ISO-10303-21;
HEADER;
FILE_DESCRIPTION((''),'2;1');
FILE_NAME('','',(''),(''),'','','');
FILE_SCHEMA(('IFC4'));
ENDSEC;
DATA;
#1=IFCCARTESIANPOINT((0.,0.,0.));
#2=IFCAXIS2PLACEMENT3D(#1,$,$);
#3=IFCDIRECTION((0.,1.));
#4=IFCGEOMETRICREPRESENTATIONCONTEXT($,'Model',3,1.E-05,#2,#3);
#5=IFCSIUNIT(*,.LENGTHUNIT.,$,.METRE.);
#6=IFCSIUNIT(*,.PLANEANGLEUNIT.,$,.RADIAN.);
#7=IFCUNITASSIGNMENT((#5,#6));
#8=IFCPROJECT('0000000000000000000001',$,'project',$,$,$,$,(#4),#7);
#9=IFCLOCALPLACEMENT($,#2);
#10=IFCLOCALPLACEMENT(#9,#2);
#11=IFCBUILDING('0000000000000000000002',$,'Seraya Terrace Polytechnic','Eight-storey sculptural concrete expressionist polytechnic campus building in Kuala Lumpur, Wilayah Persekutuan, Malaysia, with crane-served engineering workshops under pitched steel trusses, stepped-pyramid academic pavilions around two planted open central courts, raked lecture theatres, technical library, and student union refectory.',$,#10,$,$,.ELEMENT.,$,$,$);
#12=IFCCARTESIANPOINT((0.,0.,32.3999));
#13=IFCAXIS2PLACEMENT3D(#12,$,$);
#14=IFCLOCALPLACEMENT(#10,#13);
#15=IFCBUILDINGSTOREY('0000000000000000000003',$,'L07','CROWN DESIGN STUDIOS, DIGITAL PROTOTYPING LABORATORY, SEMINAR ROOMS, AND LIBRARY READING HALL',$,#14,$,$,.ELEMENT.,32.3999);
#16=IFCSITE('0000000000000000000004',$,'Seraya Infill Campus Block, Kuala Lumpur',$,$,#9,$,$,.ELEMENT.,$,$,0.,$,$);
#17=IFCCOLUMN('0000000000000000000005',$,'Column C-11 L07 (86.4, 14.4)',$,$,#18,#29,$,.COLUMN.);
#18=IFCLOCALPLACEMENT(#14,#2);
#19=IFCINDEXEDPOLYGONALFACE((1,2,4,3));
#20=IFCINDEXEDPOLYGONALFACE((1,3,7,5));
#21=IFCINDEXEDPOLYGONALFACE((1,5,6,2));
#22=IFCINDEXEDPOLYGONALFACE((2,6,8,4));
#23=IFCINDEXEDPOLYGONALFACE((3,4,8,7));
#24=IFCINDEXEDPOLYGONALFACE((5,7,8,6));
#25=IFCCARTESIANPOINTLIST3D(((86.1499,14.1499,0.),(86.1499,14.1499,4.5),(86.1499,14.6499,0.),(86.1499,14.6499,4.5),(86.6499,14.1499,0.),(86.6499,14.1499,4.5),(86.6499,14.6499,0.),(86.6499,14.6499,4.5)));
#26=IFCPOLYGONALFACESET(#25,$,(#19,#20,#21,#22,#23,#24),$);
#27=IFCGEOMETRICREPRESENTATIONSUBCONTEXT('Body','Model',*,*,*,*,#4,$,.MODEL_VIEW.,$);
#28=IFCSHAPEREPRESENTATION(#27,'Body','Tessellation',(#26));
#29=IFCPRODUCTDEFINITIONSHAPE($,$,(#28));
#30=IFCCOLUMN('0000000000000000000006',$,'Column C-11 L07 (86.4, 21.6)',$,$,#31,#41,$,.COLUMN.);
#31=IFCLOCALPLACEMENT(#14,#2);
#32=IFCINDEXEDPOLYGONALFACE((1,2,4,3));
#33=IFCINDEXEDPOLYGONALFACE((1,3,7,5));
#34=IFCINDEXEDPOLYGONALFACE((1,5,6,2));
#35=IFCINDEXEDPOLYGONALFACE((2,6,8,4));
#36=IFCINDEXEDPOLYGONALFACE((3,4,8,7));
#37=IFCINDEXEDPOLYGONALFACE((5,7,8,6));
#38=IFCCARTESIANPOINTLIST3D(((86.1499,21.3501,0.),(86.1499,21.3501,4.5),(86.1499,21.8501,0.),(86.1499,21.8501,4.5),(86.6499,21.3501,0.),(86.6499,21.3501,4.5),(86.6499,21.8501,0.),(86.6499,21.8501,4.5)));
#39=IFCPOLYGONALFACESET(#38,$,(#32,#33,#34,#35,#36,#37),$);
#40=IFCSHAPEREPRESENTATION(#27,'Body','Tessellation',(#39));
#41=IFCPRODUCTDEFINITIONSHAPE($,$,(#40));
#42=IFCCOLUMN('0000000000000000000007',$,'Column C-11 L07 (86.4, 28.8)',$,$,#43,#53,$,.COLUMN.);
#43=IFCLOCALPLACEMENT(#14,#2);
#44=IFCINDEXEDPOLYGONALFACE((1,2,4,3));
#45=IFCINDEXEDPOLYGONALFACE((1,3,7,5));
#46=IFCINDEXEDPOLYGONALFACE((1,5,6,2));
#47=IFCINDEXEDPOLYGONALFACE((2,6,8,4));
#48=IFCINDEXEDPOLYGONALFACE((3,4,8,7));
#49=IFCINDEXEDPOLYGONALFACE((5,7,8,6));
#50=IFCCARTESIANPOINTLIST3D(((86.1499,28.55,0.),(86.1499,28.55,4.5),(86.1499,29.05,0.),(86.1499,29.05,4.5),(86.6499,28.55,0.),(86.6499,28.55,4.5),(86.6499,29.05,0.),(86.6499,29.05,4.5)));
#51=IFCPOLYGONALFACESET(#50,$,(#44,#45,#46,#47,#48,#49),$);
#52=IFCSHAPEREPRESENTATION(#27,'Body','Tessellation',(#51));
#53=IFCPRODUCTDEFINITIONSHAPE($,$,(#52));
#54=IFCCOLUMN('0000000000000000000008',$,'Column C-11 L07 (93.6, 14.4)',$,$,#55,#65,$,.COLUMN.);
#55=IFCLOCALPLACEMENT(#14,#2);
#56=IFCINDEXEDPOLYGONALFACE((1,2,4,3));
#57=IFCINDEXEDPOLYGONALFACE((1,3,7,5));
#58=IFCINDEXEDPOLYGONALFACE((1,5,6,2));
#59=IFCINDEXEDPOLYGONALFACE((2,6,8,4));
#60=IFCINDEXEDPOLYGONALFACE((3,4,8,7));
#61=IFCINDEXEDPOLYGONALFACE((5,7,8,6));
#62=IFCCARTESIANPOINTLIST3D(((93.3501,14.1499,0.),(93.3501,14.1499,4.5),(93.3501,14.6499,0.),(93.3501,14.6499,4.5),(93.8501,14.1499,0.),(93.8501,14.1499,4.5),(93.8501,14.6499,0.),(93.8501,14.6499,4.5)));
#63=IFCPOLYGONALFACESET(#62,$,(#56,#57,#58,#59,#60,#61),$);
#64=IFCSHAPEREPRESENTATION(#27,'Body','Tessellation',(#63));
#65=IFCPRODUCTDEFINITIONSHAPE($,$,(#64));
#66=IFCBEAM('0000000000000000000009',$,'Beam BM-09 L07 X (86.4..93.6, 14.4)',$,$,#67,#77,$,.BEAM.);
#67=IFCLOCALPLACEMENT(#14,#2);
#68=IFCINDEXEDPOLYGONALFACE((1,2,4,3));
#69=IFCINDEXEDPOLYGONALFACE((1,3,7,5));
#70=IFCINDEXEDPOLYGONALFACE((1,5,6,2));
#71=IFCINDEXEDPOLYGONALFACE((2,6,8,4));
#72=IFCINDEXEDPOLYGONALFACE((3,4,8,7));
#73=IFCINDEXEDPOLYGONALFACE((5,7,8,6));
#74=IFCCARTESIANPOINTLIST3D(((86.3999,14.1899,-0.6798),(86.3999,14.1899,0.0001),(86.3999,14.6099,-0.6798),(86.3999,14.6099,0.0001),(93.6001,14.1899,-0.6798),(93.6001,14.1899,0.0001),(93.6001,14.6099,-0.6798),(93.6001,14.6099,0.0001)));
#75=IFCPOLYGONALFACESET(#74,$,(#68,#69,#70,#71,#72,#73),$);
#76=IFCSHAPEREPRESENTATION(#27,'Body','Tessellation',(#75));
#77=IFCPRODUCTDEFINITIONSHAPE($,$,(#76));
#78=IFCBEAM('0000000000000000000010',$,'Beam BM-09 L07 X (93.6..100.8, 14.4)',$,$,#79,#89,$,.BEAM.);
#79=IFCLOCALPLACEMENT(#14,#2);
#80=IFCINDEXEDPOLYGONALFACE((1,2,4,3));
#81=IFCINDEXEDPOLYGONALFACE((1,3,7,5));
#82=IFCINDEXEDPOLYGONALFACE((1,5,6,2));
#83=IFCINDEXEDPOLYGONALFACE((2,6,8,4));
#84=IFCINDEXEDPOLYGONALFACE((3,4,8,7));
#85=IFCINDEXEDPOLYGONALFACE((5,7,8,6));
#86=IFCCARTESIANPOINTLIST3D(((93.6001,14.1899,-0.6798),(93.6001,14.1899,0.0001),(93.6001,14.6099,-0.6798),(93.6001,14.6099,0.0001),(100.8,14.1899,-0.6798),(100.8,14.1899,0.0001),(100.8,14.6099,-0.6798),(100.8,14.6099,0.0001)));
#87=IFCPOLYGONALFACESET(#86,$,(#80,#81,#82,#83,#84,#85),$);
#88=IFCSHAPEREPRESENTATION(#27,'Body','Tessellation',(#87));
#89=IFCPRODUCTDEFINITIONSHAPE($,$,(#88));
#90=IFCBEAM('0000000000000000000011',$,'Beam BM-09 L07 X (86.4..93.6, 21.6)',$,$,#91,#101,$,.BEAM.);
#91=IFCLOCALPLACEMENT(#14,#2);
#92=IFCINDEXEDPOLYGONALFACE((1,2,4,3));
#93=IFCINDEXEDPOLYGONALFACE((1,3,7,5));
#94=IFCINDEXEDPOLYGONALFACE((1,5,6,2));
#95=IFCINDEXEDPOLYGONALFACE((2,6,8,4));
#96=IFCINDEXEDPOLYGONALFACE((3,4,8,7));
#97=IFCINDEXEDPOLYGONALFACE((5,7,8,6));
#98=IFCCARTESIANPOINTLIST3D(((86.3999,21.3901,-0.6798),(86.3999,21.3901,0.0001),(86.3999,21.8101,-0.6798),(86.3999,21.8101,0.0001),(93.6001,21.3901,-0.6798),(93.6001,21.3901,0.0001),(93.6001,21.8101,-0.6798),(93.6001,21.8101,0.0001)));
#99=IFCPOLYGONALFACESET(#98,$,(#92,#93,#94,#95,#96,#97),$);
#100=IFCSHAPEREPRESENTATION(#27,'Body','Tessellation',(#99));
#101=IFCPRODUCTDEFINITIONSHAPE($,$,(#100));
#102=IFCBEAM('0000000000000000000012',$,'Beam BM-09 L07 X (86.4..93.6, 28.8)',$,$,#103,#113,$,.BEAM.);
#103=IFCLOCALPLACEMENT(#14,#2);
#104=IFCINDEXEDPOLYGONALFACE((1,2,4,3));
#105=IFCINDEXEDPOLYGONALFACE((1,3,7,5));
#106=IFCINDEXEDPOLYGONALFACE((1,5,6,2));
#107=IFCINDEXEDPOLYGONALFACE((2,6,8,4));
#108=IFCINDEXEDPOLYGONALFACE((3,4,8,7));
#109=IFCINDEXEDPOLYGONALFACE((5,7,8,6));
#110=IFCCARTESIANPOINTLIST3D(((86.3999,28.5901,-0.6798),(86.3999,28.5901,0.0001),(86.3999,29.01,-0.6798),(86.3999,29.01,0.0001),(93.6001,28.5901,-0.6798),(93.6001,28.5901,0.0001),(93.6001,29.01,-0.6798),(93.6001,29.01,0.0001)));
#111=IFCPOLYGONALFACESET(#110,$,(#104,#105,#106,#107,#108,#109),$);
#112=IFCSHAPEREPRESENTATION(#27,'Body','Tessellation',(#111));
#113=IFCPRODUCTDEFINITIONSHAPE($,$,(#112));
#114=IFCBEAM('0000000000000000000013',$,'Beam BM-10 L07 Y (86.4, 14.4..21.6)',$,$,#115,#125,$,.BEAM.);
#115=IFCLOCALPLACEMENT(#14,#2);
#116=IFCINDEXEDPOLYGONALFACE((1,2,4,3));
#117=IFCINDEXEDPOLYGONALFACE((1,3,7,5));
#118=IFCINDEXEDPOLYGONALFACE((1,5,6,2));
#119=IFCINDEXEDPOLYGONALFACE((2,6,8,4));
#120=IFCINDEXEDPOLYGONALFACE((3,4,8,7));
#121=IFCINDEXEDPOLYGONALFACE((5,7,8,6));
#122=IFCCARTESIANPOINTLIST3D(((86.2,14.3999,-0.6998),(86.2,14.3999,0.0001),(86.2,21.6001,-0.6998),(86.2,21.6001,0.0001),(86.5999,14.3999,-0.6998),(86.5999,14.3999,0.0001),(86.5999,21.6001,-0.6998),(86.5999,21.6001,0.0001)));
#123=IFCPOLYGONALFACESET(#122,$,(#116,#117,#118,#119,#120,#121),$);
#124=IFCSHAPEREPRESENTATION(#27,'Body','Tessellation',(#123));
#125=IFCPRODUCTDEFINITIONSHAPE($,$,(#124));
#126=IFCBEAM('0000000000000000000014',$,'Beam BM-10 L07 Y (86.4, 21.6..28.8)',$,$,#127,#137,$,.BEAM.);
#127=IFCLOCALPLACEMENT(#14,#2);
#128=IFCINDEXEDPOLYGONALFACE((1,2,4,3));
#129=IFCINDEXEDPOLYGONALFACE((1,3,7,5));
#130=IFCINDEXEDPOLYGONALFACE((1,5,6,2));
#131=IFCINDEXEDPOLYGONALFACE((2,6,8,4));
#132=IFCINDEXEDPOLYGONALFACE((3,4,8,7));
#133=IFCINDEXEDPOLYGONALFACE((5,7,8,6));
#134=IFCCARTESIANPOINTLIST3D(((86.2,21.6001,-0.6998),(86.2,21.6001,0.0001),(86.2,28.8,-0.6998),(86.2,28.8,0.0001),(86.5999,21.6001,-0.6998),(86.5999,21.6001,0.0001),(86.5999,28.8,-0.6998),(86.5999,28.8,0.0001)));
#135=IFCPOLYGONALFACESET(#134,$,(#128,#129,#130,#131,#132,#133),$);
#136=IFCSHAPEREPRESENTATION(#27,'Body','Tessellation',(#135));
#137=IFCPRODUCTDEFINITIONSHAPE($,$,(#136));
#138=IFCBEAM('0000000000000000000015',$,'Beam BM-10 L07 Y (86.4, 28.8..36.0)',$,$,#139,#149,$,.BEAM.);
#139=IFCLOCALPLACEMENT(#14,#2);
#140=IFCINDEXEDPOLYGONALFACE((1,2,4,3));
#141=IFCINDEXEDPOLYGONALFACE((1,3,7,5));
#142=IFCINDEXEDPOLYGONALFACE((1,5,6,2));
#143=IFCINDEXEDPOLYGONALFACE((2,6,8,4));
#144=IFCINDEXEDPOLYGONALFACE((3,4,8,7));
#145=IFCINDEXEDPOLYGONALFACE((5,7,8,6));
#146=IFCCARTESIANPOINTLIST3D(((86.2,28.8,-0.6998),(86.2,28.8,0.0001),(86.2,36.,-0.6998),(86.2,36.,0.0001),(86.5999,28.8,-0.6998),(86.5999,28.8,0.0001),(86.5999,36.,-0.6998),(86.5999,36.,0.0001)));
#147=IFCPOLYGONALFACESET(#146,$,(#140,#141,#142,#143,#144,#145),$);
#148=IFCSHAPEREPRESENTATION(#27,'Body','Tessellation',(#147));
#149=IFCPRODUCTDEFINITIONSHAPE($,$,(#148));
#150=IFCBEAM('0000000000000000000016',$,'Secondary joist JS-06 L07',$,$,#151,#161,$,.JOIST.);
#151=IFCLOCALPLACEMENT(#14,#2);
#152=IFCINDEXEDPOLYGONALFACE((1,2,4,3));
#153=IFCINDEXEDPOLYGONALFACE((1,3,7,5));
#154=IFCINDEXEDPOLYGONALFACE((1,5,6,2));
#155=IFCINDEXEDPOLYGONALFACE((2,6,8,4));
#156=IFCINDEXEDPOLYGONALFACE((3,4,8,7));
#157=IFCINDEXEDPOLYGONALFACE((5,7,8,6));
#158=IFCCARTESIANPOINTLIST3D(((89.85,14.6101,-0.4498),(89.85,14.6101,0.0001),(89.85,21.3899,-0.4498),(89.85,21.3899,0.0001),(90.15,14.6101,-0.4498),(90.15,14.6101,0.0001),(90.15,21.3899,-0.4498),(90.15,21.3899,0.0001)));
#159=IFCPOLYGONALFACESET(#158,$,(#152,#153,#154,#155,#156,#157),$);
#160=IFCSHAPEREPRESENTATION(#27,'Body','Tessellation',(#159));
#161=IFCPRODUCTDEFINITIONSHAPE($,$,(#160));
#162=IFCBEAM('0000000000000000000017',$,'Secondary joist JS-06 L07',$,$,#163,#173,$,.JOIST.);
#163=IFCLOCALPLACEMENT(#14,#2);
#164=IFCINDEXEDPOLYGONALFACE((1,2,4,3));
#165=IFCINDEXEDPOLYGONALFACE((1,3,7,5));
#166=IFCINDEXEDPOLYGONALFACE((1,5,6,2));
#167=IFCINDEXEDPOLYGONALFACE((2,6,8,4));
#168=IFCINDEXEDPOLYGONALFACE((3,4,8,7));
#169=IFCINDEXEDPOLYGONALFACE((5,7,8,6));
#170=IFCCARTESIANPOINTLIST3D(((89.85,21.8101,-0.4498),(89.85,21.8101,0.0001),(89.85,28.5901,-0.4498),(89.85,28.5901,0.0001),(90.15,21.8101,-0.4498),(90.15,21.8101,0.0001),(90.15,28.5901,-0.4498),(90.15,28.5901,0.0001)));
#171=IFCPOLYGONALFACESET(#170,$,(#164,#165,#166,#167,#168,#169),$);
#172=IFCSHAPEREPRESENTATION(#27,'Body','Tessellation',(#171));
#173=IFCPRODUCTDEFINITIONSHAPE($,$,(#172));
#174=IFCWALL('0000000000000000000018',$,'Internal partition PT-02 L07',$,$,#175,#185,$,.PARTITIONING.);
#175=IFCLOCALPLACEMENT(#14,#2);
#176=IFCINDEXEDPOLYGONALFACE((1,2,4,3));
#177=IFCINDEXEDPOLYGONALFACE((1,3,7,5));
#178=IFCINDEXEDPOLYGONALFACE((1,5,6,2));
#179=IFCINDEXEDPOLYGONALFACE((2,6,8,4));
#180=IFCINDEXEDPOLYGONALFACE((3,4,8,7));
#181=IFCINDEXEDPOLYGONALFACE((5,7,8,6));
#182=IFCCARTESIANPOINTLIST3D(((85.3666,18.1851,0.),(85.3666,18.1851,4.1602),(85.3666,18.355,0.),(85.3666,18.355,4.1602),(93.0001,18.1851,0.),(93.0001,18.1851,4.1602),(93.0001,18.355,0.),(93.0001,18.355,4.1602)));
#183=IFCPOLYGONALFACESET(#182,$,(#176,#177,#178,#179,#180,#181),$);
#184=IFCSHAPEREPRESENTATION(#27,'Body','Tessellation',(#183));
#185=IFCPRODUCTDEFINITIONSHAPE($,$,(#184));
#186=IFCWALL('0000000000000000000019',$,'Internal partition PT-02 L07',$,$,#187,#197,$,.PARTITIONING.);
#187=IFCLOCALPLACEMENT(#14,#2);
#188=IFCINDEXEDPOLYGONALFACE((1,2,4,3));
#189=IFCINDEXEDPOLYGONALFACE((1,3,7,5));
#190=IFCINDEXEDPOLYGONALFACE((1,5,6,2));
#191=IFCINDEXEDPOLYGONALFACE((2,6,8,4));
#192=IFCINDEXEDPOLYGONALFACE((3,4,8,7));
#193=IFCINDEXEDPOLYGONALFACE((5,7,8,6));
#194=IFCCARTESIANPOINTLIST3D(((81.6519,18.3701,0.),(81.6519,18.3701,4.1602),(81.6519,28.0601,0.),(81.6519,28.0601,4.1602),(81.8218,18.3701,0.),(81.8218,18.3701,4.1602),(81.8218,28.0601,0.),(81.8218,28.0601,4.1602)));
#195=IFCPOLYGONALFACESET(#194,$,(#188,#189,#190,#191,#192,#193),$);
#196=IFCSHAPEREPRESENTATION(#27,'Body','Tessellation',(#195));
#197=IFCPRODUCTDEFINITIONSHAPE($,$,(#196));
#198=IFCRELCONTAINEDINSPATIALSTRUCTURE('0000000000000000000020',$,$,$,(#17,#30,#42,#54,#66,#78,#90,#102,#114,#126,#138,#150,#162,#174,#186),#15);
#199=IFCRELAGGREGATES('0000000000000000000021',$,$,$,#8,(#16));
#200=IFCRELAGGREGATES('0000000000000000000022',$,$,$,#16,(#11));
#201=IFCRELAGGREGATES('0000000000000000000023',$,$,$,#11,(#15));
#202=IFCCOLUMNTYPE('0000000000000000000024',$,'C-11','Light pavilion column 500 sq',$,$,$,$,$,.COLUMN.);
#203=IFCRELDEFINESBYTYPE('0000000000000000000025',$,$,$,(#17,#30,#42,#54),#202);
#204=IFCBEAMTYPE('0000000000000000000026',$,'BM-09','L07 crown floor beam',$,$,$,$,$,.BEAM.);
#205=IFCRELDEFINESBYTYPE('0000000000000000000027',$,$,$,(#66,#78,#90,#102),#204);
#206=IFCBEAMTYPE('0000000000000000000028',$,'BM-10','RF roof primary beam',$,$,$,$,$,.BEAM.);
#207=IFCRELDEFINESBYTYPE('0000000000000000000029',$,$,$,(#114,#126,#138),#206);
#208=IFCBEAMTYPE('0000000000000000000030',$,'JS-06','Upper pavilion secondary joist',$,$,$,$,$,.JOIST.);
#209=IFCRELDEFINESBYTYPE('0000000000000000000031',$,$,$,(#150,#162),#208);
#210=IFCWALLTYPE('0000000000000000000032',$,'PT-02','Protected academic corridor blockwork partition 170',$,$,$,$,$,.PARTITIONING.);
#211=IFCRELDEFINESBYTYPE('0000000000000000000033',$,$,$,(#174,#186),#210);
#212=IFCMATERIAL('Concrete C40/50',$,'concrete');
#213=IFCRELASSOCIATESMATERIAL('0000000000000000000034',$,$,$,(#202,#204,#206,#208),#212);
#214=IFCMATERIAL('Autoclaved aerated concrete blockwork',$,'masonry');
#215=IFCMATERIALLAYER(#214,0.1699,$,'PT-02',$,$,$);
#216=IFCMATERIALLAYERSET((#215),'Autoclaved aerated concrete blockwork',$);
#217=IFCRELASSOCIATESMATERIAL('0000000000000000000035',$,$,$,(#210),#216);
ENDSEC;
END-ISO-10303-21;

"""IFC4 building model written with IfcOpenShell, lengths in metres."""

from ifc_helpers import new_model, si_unit, direction, frame, frame_2d, origin, origin_2d, place, context, subcontext, project, spatial, rectangle, extrude, material, layer, layer_set, material_profile, profile_set, type_object, element, save


model = new_model("IFC4")

# Units and contexts
model_context = context("Model", 3, precision=1e-05, world=origin(), true_north=direction((0.0, 1.0)))
body_context = subcontext(model_context, "Body", "Model", "MODEL_VIEW")
ifc_project = project(units=[si_unit("LENGTHUNIT", "METRE"), si_unit("PLANEANGLEUNIT", "RADIAN")], contexts=[model_context])

# Site, building, storey
site_placement = place(None, origin())
site = spatial("IfcSite", under=ifc_project, at=site_placement, Name="Seraya Infill Campus Block, Kuala Lumpur", CompositionType="ELEMENT", RefElevation=0.0)
building_placement = place(site_placement, origin())
building = spatial("IfcBuilding", under=site, at=building_placement, Name="Seraya Terrace Polytechnic", Description="Eight-storey sculptural concrete expressionist polytechnic campus building in Kuala Lumpur, Wilayah Persekutuan, Malaysia, with crane-served engineering workshops under pitched steel trusses, stepped-pyramid academic pavilions around two planted open central courts, raked lecture theatres, technical library, and student union refectory.", CompositionType="ELEMENT")
storey_placement = place(building_placement, frame((0.0, 0.0, 32.3999)))
storey = spatial("IfcBuildingStorey", under=building, at=storey_placement, Name="L07", Description="CROWN DESIGN STUDIOS, DIGITAL PROTOTYPING LABORATORY, SEMINAR ROOMS, AND LIBRARY READING HALL", CompositionType="ELEMENT", Elevation=32.3999)

# Columns
ifc_material_1 = material(Name="Concrete C40/50", Category="concrete")
ifc_material_profile_1 = material_profile(ifc_material_1, rectangle(XDim=0.5, YDim=0.5, at=origin_2d()), Name="RC 500x500")
ifc_profile_set_1 = profile_set([ifc_material_profile_1], Name="Concrete C40/50")
column_type = type_object("IfcColumnType", Name="C-11", Description="Light pavilion column 500 sq", PredefinedType="COLUMN", material=ifc_profile_set_1)
for number, where, z_axis, x_axis, name in (
    (1, (86.3999, 14.3999, 0.0), (0.0, 0.0, 1.0), (1.0, 0.0, 0.0), "Column C-11 L07 (86.4, 14.4)"),
    (2, (86.3999, 21.6001, 0.0), (0.0, 0.0, 1.0), (1.0, 0.0, 0.0), "Column C-11 L07 (86.4, 21.6)"),
    (3, (86.3999, 28.8, 0.0), (0.0, 0.0, 1.0), (1.0, 0.0, 0.0), "Column C-11 L07 (86.4, 28.8)"),
    (4, (93.6001, 14.3999, 0.0), (0.0, 0.0, 1.0), (1.0, 0.0, 0.0), "Column C-11 L07 (93.6, 14.4)"),
):
    element("IfcColumn", number, at=place(storey_placement, frame(where, z_axis=z_axis, x_axis=x_axis)), inside=storey, type_object=column_type, Name=name, PredefinedType="COLUMN", context=body_context, shape_type="SweptSolid", body=[
        extrude(rectangle(XDim=0.5, YDim=0.5, at=origin_2d()), origin(), (0.0, 0.0, 1.0), 4.5),
    ])

# Beams
ifc_material_profile_2 = material_profile(ifc_material_1, rectangle(XDim=0.4199, YDim=0.6799, at=origin_2d()), Name="RC 420x680")
ifc_profile_set_2 = profile_set([ifc_material_profile_2], Name="Concrete C40/50")
beam_type_1 = type_object("IfcBeamType", Name="BM-09", Description="L07 crown floor beam", PredefinedType="BEAM", material=ifc_profile_set_2)
beam_1_placement = place(storey_placement, frame((86.3999, 14.3999, -0.3398), z_axis=(1.0, 0.0, 0.0), x_axis=(0.0, 1.0, 0.0)))
element("IfcBeam", 5, at=beam_1_placement, inside=storey, type_object=beam_type_1, Name="Beam BM-09 L07 X (86.4..93.6, 14.4)", PredefinedType="BEAM", context=body_context, shape_type="SweptSolid", body=[
    extrude(rectangle(XDim=0.4199, YDim=0.6799, at=origin_2d()), origin(), (0.0, 0.0, 1.0), 7.2002),
])
beam_2_placement = place(storey_placement, frame((93.6001, 14.3999, -0.3398), z_axis=(1.0, 0.0, 0.0), x_axis=(0.0, 1.0, 0.0)))
element("IfcBeam", 6, at=beam_2_placement, inside=storey, type_object=beam_type_1, Name="Beam BM-09 L07 X (93.6..100.8, 14.4)", PredefinedType="BEAM", context=body_context, shape_type="SweptSolid", body=[
    extrude(rectangle(XDim=0.4199, YDim=0.6799, at=origin_2d()), origin(), (0.0, 0.0, 1.0), 7.2),
])
for number, where, z_axis, x_axis, name in (
    (7, (86.3999, 21.6001, -0.3398), (1.0, 0.0, 0.0), (0.0, 1.0, 0.0), "Beam BM-09 L07 X (86.4..93.6, 21.6)"),
    (8, (86.3999, 28.8, -0.3398), (1.0, 0.0, 0.0), (0.0, 1.0, 0.0), "Beam BM-09 L07 X (86.4..93.6, 28.8)"),
):
    element("IfcBeam", number, at=place(storey_placement, frame(where, z_axis=z_axis, x_axis=x_axis)), inside=storey, type_object=beam_type_1, Name=name, PredefinedType="BEAM", context=body_context, shape_type="SweptSolid", body=[
        extrude(rectangle(XDim=0.4199, YDim=0.6799, at=origin_2d()), origin(), (0.0, 0.0, 1.0), 7.2002),
    ])
ifc_material_profile_3 = material_profile(ifc_material_1, rectangle(XDim=0.3999, YDim=0.7, at=origin_2d()), Name="RC 400x700")
ifc_profile_set_3 = profile_set([ifc_material_profile_3], Name="Concrete C40/50")
beam_type_2 = type_object("IfcBeamType", Name="BM-10", Description="RF roof primary beam", PredefinedType="BEAM", material=ifc_profile_set_3)
beam_3_placement = place(storey_placement, frame((86.3999, 14.3999, -0.3499), z_axis=(0.0, 1.0, 0.0), x_axis=(-1.0, 0.0, 0.0)))
element("IfcBeam", 9, at=beam_3_placement, inside=storey, type_object=beam_type_2, Name="Beam BM-10 L07 Y (86.4, 14.4..21.6)", PredefinedType="BEAM", context=body_context, shape_type="SweptSolid", body=[
    extrude(rectangle(XDim=0.3999, YDim=0.7, at=origin_2d()), origin(), (0.0, 0.0, 1.0), 7.2002),
])
for number, where, z_axis, x_axis, name in (
    (10, (86.3999, 21.6001, -0.3499), (0.0, 1.0, 0.0), (-1.0, 0.0, 0.0), "Beam BM-10 L07 Y (86.4, 21.6..28.8)"),
    (11, (86.3999, 28.8, -0.3499), (0.0, 1.0, 0.0), (-1.0, 0.0, 0.0), "Beam BM-10 L07 Y (86.4, 28.8..36.0)"),
):
    element("IfcBeam", number, at=place(storey_placement, frame(where, z_axis=z_axis, x_axis=x_axis)), inside=storey, type_object=beam_type_2, Name=name, PredefinedType="BEAM", context=body_context, shape_type="SweptSolid", body=[
        extrude(rectangle(XDim=0.3999, YDim=0.7, at=origin_2d()), origin(), (0.0, 0.0, 1.0), 7.2),
    ])
ifc_material_profile_4 = material_profile(ifc_material_1, rectangle(XDim=0.3, YDim=0.45, at=origin_2d()), Name="RC 300x450")
ifc_profile_set_4 = profile_set([ifc_material_profile_4], Name="Concrete C40/50")
beam_type_3 = type_object("IfcBeamType", Name="JS-06", Description="Upper pavilion secondary joist", PredefinedType="JOIST", material=ifc_profile_set_4)
beam_4_placement = place(storey_placement, frame((90.0, 14.6101, -0.2249), z_axis=(0.0, 1.0, 0.0), x_axis=(-1.0, 0.0, 0.0)))
element("IfcBeam", 12, at=beam_4_placement, inside=storey, type_object=beam_type_3, Name="Secondary joist JS-06 L07", PredefinedType="JOIST", context=body_context, shape_type="SweptSolid", body=[
    extrude(rectangle(XDim=0.3, YDim=0.45, at=origin_2d()), origin(), (0.0, 0.0, 1.0), 6.7798),
])
beam_5_placement = place(storey_placement, frame((90.0, 21.8101, -0.2249), z_axis=(0.0, 1.0, 0.0), x_axis=(-1.0, 0.0, 0.0)))
element("IfcBeam", 13, at=beam_5_placement, inside=storey, type_object=beam_type_3, Name="Secondary joist JS-06 L07", PredefinedType="JOIST", context=body_context, shape_type="SweptSolid", body=[
    extrude(rectangle(XDim=0.3, YDim=0.45, at=origin_2d()), origin(), (0.0, 0.0, 1.0), 6.78),
])

# Walls
ifc_material_2 = material(Name="Autoclaved aerated concrete blockwork", Category="masonry")
ifc_layer_1 = layer(ifc_material_2, 0.1699, Name="PT-02")
ifc_layer_set_1 = layer_set([ifc_layer_1], Name="Autoclaved aerated concrete blockwork")
wall_type_1 = type_object("IfcWallType", Name="PT-02", Description="Protected academic corridor blockwork partition 170", PredefinedType="PARTITIONING", material=ifc_layer_set_1)
wall_1_placement = place(storey_placement, frame((85.3665, 18.27, 0.0), z_axis=(0.0, 0.0, 1.0), x_axis=(1.0, 0.0, 0.0)))
element("IfcWall", 14, at=wall_1_placement, inside=storey, type_object=wall_type_1, Name="Internal partition PT-02 L07", PredefinedType="PARTITIONING", context=body_context, shape_type="SweptSolid", body=[
    extrude(rectangle(XDim=7.6335, YDim=0.1699, at=frame_2d((3.8169, 0.0))), origin(), (0.0, 0.0, 1.0), 4.1602),
])
wall_2_placement = place(storey_placement, frame((81.7368, 18.3701, 0.0), z_axis=(0.0, 0.0, 1.0), x_axis=(0.0, 1.0, 0.0)))
element("IfcWall", 15, at=wall_2_placement, inside=storey, type_object=wall_type_1, Name="Internal partition PT-02 L07", PredefinedType="PARTITIONING", context=body_context, shape_type="SweptSolid", body=[
    extrude(rectangle(XDim=9.6899, YDim=0.1699, at=frame_2d((4.845, 0.0))), origin(), (0.0, 0.0, 1.0), 4.1602),
])

save(model, "model.ifc")
